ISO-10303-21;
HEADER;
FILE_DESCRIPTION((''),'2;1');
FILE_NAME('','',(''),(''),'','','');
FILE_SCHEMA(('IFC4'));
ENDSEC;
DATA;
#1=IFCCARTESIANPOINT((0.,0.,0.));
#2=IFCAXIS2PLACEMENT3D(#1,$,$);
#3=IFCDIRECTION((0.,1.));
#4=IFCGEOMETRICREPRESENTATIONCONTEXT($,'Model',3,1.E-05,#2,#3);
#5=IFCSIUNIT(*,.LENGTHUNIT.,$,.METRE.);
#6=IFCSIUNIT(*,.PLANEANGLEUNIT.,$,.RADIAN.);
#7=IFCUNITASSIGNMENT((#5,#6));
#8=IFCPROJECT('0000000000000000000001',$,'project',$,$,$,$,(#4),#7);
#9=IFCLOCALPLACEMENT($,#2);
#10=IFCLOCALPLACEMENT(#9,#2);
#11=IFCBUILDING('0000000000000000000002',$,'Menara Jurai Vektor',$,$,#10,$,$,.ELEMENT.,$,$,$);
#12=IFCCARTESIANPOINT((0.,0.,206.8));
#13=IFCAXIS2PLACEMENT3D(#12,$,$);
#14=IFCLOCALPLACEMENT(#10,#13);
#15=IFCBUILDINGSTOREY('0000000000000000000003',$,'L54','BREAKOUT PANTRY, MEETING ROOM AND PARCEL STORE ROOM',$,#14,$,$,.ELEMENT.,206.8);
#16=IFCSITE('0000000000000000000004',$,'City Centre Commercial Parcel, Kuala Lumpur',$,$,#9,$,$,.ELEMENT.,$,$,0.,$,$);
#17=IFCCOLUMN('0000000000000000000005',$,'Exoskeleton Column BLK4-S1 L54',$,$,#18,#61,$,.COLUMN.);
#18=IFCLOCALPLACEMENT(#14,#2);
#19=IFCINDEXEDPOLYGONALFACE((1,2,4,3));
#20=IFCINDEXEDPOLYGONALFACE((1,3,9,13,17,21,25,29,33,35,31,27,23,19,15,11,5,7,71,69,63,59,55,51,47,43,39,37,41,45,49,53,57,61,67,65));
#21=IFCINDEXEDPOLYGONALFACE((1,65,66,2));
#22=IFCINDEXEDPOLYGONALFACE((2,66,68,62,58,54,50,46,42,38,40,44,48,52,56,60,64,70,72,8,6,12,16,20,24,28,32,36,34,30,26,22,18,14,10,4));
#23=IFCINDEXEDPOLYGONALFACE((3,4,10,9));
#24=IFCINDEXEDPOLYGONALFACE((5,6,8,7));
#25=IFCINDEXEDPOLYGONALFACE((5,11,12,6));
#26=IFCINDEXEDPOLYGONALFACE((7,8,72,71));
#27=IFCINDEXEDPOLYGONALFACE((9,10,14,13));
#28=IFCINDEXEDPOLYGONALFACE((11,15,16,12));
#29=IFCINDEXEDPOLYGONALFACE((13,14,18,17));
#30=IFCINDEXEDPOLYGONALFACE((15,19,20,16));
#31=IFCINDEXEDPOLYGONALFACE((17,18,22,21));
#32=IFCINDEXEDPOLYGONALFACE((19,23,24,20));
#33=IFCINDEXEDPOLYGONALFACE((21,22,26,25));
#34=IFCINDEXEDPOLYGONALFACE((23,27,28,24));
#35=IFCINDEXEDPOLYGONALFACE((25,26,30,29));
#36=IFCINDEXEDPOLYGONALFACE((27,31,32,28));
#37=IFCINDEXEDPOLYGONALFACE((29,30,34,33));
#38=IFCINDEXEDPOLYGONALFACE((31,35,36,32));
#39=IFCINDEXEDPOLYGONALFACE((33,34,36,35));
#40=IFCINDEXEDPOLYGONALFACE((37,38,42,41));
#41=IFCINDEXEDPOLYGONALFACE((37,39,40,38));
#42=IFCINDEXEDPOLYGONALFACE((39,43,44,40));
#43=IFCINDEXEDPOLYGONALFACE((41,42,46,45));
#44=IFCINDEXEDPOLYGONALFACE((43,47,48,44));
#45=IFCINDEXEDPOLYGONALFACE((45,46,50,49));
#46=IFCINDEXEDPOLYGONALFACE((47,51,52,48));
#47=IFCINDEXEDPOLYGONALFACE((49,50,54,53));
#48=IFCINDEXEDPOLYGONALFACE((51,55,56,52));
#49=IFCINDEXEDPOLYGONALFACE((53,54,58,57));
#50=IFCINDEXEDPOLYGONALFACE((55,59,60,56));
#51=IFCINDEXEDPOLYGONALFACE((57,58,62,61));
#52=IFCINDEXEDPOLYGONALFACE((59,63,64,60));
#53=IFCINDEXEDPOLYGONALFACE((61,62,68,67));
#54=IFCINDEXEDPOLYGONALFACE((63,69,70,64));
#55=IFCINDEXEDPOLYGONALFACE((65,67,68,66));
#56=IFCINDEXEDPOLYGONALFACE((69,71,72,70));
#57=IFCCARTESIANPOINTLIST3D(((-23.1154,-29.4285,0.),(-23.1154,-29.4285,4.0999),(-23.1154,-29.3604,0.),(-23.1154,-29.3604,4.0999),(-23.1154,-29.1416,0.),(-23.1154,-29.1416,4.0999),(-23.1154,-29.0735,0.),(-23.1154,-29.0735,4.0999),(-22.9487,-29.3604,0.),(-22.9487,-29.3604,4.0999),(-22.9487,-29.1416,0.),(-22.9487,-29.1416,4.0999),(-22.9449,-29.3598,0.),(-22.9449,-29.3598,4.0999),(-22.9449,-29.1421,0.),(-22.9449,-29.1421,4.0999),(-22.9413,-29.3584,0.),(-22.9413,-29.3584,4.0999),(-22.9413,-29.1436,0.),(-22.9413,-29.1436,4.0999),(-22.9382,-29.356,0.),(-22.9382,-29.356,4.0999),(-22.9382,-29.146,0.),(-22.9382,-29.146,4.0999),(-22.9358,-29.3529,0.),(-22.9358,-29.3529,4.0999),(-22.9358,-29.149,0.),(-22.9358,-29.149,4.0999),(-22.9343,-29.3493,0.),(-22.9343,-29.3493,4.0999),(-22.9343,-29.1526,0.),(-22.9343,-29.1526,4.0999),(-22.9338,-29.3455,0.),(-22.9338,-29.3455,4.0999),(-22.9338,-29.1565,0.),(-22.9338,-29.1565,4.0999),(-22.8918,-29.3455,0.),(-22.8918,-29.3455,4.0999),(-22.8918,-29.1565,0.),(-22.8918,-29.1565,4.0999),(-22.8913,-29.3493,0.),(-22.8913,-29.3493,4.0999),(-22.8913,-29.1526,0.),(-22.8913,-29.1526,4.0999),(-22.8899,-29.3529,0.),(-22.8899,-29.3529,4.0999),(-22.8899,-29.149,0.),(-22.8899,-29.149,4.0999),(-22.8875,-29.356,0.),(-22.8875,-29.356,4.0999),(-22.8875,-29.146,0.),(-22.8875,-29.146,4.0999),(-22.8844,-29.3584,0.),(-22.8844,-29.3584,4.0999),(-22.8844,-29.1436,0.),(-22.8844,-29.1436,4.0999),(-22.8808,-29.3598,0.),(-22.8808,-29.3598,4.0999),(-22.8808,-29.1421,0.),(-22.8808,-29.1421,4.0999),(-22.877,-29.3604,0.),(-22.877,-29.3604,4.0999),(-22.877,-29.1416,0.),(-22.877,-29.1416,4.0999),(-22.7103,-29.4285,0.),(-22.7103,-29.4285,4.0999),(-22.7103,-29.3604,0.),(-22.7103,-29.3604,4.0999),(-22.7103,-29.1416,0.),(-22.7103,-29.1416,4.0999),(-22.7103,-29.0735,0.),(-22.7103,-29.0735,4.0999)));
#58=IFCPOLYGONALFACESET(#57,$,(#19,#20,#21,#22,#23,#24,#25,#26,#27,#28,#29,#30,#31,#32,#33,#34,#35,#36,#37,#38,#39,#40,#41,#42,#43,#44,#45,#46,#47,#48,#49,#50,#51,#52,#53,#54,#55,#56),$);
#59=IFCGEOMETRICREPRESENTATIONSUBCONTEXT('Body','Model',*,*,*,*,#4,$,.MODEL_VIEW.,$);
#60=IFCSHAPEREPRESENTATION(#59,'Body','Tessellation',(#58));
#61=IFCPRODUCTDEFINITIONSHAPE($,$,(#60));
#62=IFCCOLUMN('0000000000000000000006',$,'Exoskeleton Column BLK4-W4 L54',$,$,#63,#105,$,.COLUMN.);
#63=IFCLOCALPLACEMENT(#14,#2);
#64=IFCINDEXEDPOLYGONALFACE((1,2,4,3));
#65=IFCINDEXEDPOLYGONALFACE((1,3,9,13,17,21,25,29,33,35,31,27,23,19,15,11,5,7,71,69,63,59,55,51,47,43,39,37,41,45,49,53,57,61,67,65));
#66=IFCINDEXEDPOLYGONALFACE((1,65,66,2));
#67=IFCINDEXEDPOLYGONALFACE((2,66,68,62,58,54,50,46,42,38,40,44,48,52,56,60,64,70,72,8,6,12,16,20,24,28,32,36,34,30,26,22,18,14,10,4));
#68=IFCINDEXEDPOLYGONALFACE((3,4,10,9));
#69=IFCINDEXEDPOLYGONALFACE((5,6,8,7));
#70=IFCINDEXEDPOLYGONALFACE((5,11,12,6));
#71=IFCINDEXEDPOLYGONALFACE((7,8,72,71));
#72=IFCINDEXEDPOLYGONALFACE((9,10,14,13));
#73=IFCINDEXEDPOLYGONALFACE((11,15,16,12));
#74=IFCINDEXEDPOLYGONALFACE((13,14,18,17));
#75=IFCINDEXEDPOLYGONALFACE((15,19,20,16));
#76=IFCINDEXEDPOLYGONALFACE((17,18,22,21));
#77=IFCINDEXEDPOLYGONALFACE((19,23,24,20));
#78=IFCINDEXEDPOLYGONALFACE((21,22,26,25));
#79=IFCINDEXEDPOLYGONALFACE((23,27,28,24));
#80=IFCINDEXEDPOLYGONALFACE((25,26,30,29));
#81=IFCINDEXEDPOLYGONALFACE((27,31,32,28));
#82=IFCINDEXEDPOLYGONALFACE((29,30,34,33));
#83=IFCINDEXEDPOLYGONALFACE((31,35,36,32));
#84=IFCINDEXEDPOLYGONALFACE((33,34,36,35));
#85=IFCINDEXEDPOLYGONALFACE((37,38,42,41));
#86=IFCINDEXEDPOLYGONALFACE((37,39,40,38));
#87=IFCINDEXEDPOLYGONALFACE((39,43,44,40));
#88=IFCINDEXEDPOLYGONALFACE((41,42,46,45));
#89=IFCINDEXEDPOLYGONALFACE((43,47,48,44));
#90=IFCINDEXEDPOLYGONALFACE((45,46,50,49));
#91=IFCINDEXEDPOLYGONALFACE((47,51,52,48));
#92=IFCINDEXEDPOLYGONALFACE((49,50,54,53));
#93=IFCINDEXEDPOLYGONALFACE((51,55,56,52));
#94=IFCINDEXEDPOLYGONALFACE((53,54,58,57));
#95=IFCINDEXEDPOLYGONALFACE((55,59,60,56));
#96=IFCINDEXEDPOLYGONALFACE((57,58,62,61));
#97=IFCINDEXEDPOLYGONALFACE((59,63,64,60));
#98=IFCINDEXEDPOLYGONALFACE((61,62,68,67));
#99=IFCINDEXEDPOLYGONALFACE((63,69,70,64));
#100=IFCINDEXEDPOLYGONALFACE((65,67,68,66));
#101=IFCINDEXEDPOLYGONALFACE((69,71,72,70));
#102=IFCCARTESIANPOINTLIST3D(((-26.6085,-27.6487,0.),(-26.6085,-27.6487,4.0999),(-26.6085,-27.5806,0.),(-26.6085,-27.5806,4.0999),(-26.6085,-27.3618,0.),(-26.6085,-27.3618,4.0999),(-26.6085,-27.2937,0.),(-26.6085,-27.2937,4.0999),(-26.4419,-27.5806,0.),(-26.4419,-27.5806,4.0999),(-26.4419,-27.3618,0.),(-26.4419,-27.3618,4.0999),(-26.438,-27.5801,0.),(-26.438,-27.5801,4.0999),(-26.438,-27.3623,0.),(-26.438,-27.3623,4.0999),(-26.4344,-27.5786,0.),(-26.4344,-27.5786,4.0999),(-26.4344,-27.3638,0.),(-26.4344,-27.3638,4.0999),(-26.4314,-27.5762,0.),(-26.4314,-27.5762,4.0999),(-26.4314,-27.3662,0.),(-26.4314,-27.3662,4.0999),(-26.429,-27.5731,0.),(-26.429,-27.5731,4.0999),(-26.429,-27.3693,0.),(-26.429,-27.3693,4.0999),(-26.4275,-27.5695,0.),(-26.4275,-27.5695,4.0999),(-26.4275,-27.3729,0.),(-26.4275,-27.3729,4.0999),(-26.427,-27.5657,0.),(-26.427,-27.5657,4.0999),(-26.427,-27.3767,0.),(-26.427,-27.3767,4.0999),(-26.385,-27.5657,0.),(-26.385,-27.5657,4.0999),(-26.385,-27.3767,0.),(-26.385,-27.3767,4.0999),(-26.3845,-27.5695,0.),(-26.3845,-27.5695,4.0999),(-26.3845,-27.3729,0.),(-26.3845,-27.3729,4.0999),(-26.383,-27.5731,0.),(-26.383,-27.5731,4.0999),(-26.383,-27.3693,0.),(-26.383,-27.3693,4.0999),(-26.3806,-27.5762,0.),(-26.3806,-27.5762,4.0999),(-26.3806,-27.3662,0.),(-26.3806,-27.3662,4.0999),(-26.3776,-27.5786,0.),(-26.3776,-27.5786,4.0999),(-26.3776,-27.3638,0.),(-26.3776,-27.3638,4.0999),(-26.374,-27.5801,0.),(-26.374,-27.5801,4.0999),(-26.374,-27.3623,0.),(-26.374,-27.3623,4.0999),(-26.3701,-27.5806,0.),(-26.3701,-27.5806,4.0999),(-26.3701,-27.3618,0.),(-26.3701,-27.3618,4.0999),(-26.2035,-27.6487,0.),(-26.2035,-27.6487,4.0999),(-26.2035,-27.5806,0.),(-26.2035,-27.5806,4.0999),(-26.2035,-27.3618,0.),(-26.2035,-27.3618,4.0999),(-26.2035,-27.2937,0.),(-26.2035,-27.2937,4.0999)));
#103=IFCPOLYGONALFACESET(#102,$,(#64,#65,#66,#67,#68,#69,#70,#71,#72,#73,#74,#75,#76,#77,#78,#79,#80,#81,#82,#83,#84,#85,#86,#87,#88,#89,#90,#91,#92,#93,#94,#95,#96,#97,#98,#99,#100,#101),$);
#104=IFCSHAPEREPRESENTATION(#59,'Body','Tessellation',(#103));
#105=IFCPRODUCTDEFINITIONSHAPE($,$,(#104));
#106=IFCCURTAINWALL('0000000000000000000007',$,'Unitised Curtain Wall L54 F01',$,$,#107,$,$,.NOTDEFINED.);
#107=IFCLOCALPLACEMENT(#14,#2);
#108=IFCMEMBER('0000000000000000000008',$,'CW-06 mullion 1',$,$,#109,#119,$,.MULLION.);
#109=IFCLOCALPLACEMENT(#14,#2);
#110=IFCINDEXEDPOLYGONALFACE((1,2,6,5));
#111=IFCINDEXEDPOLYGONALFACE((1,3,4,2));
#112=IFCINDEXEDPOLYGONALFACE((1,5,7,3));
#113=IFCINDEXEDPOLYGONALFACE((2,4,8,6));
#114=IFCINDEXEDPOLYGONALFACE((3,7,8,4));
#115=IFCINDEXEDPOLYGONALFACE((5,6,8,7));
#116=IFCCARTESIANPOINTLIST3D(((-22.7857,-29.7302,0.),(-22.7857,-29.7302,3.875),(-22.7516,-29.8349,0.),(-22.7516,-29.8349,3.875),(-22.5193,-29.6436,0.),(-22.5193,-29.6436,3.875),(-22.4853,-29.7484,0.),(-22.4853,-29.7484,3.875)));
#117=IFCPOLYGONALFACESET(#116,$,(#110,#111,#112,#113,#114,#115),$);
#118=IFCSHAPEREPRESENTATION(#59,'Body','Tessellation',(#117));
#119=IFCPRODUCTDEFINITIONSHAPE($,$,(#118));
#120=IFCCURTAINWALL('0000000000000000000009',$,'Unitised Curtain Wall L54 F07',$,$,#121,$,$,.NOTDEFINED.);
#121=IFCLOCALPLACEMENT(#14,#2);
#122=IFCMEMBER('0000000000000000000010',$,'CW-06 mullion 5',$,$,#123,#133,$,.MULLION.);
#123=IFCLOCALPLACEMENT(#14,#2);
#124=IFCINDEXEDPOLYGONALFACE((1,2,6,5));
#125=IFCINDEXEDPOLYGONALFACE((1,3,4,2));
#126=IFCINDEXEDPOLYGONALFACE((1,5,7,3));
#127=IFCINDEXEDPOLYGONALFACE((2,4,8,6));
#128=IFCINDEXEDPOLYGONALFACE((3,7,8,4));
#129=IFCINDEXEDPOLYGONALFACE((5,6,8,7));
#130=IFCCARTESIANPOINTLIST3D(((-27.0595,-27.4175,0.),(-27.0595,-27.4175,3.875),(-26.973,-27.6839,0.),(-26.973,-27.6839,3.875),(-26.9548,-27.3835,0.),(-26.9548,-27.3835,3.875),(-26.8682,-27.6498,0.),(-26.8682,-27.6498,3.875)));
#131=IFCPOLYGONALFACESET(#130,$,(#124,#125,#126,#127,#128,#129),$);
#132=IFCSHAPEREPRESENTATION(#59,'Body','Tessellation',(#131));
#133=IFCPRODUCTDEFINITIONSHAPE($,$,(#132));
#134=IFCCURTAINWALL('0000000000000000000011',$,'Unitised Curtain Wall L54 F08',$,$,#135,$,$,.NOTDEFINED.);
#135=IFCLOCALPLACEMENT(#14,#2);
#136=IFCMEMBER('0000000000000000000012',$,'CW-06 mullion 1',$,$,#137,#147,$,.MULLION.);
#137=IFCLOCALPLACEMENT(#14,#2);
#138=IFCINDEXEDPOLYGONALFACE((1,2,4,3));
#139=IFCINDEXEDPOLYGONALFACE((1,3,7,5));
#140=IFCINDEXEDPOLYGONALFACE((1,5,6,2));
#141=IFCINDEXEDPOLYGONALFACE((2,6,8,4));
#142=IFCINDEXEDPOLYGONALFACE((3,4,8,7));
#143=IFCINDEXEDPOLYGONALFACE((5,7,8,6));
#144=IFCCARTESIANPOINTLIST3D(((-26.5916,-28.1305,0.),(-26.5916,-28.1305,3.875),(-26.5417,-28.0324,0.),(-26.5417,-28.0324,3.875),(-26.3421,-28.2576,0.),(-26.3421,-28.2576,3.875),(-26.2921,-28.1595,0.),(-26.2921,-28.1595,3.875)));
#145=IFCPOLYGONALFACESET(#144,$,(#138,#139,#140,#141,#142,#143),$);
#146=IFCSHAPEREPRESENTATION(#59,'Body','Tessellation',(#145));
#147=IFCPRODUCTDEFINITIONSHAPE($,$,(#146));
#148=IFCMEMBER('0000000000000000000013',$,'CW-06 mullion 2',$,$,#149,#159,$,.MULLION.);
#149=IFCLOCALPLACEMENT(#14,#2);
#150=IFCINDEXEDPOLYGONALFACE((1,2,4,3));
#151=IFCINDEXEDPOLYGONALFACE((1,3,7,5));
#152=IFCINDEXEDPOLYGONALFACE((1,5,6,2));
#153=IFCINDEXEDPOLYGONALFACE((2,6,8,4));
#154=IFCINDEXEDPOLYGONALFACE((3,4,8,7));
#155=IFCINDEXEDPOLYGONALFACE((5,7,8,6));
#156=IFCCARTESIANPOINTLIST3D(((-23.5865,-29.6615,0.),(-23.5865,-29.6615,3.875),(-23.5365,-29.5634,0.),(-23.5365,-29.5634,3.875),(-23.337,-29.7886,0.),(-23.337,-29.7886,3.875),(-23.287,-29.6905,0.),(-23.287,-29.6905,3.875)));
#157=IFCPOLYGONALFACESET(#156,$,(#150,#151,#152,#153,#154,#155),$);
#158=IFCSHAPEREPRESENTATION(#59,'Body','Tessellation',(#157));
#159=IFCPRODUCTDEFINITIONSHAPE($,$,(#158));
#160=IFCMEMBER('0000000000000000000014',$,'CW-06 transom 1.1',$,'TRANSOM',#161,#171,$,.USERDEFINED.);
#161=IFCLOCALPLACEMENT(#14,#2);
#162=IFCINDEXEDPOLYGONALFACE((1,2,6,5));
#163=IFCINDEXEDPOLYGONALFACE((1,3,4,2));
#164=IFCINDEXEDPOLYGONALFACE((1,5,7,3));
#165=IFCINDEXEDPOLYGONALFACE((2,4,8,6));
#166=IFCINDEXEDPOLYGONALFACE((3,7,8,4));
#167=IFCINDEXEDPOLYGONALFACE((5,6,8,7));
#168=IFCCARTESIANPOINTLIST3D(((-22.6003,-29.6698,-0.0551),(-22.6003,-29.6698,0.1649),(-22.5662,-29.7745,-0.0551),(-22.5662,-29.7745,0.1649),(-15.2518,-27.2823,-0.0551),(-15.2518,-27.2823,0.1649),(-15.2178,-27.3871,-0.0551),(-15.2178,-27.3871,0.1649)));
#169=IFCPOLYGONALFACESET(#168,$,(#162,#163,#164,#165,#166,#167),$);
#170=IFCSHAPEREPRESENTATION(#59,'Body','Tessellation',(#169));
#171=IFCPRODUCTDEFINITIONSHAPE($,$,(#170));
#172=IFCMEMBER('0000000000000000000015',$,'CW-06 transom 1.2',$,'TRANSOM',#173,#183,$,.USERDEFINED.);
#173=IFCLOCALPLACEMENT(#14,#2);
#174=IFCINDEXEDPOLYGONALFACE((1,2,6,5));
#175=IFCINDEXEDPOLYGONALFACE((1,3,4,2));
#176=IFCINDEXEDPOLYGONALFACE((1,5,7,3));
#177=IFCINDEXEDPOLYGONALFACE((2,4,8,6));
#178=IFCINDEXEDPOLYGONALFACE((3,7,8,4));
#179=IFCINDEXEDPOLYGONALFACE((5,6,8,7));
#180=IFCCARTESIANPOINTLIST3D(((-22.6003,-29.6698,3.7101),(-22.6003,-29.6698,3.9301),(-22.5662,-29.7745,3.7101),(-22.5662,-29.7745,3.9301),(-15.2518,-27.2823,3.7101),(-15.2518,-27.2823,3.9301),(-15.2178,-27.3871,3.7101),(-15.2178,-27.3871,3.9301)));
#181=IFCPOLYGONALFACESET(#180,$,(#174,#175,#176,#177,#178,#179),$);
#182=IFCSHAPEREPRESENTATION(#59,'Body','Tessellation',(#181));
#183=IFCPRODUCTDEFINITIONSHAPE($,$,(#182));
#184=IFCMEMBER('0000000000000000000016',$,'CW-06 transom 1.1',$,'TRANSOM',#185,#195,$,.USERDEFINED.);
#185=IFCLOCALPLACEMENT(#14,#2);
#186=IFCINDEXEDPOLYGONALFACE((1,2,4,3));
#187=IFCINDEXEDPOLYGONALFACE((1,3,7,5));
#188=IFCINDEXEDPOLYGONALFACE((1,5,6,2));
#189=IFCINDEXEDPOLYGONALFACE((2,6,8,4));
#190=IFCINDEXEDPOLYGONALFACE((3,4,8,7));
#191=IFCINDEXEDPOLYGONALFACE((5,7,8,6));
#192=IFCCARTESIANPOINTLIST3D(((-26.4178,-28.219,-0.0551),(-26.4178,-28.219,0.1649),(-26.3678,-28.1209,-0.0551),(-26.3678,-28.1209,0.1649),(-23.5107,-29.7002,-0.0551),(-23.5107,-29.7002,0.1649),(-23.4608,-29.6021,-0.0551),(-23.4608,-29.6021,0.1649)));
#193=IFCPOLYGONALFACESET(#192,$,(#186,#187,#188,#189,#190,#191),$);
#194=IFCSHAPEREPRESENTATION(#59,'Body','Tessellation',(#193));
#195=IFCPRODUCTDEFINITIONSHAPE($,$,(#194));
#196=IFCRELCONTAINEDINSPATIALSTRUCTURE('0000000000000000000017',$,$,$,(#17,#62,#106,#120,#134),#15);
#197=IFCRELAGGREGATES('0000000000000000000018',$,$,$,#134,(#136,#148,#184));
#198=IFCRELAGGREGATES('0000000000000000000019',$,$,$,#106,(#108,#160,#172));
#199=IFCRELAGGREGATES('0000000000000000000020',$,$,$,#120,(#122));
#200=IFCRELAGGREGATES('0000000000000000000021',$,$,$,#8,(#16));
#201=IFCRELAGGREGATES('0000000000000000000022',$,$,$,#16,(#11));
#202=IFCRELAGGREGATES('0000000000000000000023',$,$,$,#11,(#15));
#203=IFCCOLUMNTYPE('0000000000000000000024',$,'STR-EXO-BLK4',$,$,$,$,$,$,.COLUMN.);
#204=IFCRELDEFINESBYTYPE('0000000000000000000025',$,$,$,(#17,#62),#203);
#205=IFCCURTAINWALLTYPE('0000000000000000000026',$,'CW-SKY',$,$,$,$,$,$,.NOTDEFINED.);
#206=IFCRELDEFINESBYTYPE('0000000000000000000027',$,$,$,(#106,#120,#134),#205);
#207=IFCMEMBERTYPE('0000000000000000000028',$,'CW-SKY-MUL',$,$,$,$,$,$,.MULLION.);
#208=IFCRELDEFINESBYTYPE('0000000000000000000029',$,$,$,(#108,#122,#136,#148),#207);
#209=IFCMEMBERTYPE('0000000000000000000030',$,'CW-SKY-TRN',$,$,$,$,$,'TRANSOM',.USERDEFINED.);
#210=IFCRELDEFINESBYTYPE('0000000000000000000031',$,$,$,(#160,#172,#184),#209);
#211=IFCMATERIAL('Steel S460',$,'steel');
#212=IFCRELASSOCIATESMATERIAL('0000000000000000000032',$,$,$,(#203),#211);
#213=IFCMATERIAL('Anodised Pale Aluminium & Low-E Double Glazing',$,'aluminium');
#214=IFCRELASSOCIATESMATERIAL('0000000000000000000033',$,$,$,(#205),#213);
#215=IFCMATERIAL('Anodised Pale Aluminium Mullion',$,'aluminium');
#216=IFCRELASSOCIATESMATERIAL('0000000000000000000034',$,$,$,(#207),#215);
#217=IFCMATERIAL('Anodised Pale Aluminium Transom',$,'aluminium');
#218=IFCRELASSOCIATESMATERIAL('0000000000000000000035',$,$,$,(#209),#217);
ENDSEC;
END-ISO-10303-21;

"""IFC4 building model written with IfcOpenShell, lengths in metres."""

from ifc_helpers import new_model, si_unit, direction, frame, origin, origin_2d, place, context, subcontext, project, spatial, rectangle, i_section, extrude, material, material_profile, profile_set, type_object, element, aggregate, save


model = new_model("IFC4")

# Units and contexts
model_context = context("Model", 3, precision=1e-05, world=origin(), true_north=direction((0.0, 1.0)))
body_context = subcontext(model_context, "Body", "Model", "MODEL_VIEW")
ifc_project = project(units=[si_unit("LENGTHUNIT", "METRE"), si_unit("PLANEANGLEUNIT", "RADIAN")], contexts=[model_context])

# Site, building, storey
site_placement = place(None, origin())
site = spatial("IfcSite", under=ifc_project, at=site_placement, Name="City Centre Commercial Parcel, Kuala Lumpur", CompositionType="ELEMENT", RefElevation=0.0)
building_placement = place(site_placement, origin())
building = spatial("IfcBuilding", under=site, at=building_placement, Name="Menara Jurai Vektor", CompositionType="ELEMENT")
storey_placement = place(building_placement, frame((0.0, 0.0, 206.8)))
storey = spatial("IfcBuildingStorey", under=building, at=storey_placement, Name="L54", Description="BREAKOUT PANTRY, MEETING ROOM AND PARCEL STORE ROOM", CompositionType="ELEMENT", Elevation=206.8)

# Columns
ifc_material_1 = material(Name="Steel S460", Category="steel")
ifc_material_profile_1 = material_profile(ifc_material_1, i_section(OverallWidth=0.405, OverallDepth=0.355, WebThickness=0.042, FlangeThickness=0.0681, FilletRadius=0.0149, at=origin_2d()), Name="HD 400x551")
ifc_profile_set_1 = profile_set([ifc_material_profile_1], Name="Steel S460")
column_type = type_object("IfcColumnType", Name="STR-EXO-BLK4", PredefinedType="COLUMN", material=ifc_profile_set_1)
for number, where, z_axis, x_axis, name in (
    (1, (-22.9128, -29.251, 0.0), (0.0, 0.0, 1.0), (1.0, 0.0, 0.0), "Exoskeleton Column BLK4-S1 L54"),
    (2, (-26.406, -27.4712, 0.0), (0.0, 0.0, 1.0), (1.0, 0.0, 0.0), "Exoskeleton Column BLK4-W4 L54"),
):
    element("IfcColumn", number, at=place(storey_placement, frame(where, z_axis=z_axis, x_axis=x_axis)), inside=storey, type_object=column_type, Name=name, PredefinedType="COLUMN", context=body_context, shape_type="SweptSolid", body=[
        extrude(i_section(OverallWidth=0.405, OverallDepth=0.355, WebThickness=0.042, FlangeThickness=0.0681, FilletRadius=0.0149, at=origin_2d()), origin(), (0.0, 0.0, 1.0), 4.0999),
    ])

# Curtain walls, members
ifc_material_2 = material(Name="Anodised Pale Aluminium & Low-E Double Glazing", Category="aluminium")
curtain_wall_type = type_object("IfcCurtainWallType", Name="CW-SKY", PredefinedType="NOTDEFINED", material=ifc_material_2)
curtain_wall_1_placement = place(storey_placement, origin())
curtain_wall_1 = element("IfcCurtainWall", 3, at=curtain_wall_1_placement, inside=storey, type_object=curtain_wall_type, Name="Unitised Curtain Wall L54 F01", PredefinedType="NOTDEFINED")
ifc_material_3 = material(Name="Anodised Pale Aluminium Mullion", Category="aluminium")
ifc_material_profile_2 = material_profile(ifc_material_3, rectangle(XDim=0.1101, YDim=0.28, at=origin_2d()), Name="ALU MUL 110x280")
ifc_profile_set_2 = profile_set([ifc_material_profile_2], Name="Anodised Pale Aluminium Mullion")
member_type_1 = type_object("IfcMemberType", Name="CW-SKY-MUL", PredefinedType="MULLION", material=ifc_profile_set_2)
member_1_placement = place(storey_placement, frame((-22.6355, -29.7393, 0.0), z_axis=(0.0, 0.0, 1.0), x_axis=(-0.309017, 0.951056, 0.0)))
member_1 = element("IfcMember", 4, at=member_1_placement, type_object=member_type_1, Name="CW-06 mullion 1", PredefinedType="MULLION", context=body_context, shape_type="SweptSolid", body=[
    extrude(rectangle(XDim=0.1101, YDim=0.28, at=origin_2d()), origin(), (0.0, 0.0, 1.0), 3.875),
])
curtain_wall_2_placement = place(storey_placement, origin())
curtain_wall_2 = element("IfcCurtainWall", 5, at=curtain_wall_2_placement, inside=storey, type_object=curtain_wall_type, Name="Unitised Curtain Wall L54 F07", PredefinedType="NOTDEFINED")
member_2_placement = place(storey_placement, frame((-26.9639, -27.5337, 0.0), z_axis=(0.0, 0.0, 1.0), x_axis=(0.951057, 0.309016, 0.0)))
member_2 = element("IfcMember", 6, at=member_2_placement, type_object=member_type_1, Name="CW-06 mullion 5", PredefinedType="MULLION", context=body_context, shape_type="SweptSolid", body=[
    extrude(rectangle(XDim=0.1101, YDim=0.28, at=origin_2d()), origin(), (0.0, 0.0, 1.0), 3.875),
])

# Curtain wall, members
curtain_wall_3_placement = place(storey_placement, origin())
curtain_wall_3 = element("IfcCurtainWall", 7, at=curtain_wall_3_placement, inside=storey, type_object=curtain_wall_type, Name="Unitised Curtain Wall L54 F08", PredefinedType="NOTDEFINED")
member_3_placement = place(storey_placement, frame((-26.4419, -28.145, 0.0), z_axis=(0.0, 0.0, 1.0), x_axis=(0.453989, 0.891008, 0.0)))
member_3 = element("IfcMember", 8, at=member_3_placement, type_object=member_type_1, Name="CW-06 mullion 1", PredefinedType="MULLION", context=body_context, shape_type="SweptSolid", body=[
    extrude(rectangle(XDim=0.1101, YDim=0.28, at=origin_2d()), origin(), (0.0, 0.0, 1.0), 3.875),
])
member_4_placement = place(storey_placement, frame((-23.4368, -29.676, 0.0), z_axis=(0.0, 0.0, 1.0), x_axis=(0.453989, 0.891008, 0.0)))
member_4 = element("IfcMember", 9, at=member_4_placement, type_object=member_type_1, Name="CW-06 mullion 2", PredefinedType="MULLION", context=body_context, shape_type="SweptSolid", body=[
    extrude(rectangle(XDim=0.1101, YDim=0.28, at=origin_2d()), origin(), (0.0, 0.0, 1.0), 3.875),
])

# Members
ifc_material_4 = material(Name="Anodised Pale Aluminium Transom", Category="aluminium")
ifc_material_profile_3 = material_profile(ifc_material_4, rectangle(XDim=0.1101, YDim=0.22, at=origin_2d()), Name="ALU TRN 110x220")
ifc_profile_set_3 = profile_set([ifc_material_profile_3], Name="Anodised Pale Aluminium Transom")
member_type_2 = type_object("IfcMemberType", Name="CW-SKY-TRN", ElementType="TRANSOM", PredefinedType="USERDEFINED", material=ifc_profile_set_3)
member_5_placement = place(storey_placement, frame((-22.5833, -29.7222, 0.0549), z_axis=(0.951064, 0.308995, 0.0), x_axis=(-0.308995, 0.951064, 0.0)))
member_5 = element("IfcMember", 10, at=member_5_placement, type_object=member_type_2, Name="CW-06 transom 1.1", ObjectType="TRANSOM", PredefinedType="USERDEFINED", context=body_context, shape_type="SweptSolid", body=[
    extrude(rectangle(XDim=0.1101, YDim=0.22, at=origin_2d()), origin(), (0.0, 0.0, 1.0), 7.7266),
])
member_6_placement = place(storey_placement, frame((-22.5833, -29.7222, 3.8201), z_axis=(0.951064, 0.308995, 0.0), x_axis=(-0.308995, 0.951064, 0.0)))
member_6 = element("IfcMember", 11, at=member_6_placement, type_object=member_type_2, Name="CW-06 transom 1.2", ObjectType="TRANSOM", PredefinedType="USERDEFINED", context=body_context, shape_type="SweptSolid", body=[
    extrude(rectangle(XDim=0.1101, YDim=0.22, at=origin_2d()), origin(), (0.0, 0.0, 1.0), 7.7266),
])
member_7_placement = place(storey_placement, frame((-26.3928, -28.1699, 0.0549), z_axis=(0.891004, -0.453995, 0.0), x_axis=(0.453995, 0.891004, 0.0)))
member_7 = element("IfcMember", 12, at=member_7_placement, type_object=member_type_2, Name="CW-06 transom 1.1", ObjectType="TRANSOM", PredefinedType="USERDEFINED", context=body_context, shape_type="SweptSolid", body=[
    extrude(rectangle(XDim=0.1101, YDim=0.22, at=origin_2d()), origin(), (0.0, 0.0, 1.0), 3.2627),
])

aggregate(curtain_wall_3, [member_3, member_4, member_7])
aggregate(curtain_wall_1, [member_1, member_5, member_6])
aggregate(curtain_wall_2, [member_2])

save(model, "model.ifc")
